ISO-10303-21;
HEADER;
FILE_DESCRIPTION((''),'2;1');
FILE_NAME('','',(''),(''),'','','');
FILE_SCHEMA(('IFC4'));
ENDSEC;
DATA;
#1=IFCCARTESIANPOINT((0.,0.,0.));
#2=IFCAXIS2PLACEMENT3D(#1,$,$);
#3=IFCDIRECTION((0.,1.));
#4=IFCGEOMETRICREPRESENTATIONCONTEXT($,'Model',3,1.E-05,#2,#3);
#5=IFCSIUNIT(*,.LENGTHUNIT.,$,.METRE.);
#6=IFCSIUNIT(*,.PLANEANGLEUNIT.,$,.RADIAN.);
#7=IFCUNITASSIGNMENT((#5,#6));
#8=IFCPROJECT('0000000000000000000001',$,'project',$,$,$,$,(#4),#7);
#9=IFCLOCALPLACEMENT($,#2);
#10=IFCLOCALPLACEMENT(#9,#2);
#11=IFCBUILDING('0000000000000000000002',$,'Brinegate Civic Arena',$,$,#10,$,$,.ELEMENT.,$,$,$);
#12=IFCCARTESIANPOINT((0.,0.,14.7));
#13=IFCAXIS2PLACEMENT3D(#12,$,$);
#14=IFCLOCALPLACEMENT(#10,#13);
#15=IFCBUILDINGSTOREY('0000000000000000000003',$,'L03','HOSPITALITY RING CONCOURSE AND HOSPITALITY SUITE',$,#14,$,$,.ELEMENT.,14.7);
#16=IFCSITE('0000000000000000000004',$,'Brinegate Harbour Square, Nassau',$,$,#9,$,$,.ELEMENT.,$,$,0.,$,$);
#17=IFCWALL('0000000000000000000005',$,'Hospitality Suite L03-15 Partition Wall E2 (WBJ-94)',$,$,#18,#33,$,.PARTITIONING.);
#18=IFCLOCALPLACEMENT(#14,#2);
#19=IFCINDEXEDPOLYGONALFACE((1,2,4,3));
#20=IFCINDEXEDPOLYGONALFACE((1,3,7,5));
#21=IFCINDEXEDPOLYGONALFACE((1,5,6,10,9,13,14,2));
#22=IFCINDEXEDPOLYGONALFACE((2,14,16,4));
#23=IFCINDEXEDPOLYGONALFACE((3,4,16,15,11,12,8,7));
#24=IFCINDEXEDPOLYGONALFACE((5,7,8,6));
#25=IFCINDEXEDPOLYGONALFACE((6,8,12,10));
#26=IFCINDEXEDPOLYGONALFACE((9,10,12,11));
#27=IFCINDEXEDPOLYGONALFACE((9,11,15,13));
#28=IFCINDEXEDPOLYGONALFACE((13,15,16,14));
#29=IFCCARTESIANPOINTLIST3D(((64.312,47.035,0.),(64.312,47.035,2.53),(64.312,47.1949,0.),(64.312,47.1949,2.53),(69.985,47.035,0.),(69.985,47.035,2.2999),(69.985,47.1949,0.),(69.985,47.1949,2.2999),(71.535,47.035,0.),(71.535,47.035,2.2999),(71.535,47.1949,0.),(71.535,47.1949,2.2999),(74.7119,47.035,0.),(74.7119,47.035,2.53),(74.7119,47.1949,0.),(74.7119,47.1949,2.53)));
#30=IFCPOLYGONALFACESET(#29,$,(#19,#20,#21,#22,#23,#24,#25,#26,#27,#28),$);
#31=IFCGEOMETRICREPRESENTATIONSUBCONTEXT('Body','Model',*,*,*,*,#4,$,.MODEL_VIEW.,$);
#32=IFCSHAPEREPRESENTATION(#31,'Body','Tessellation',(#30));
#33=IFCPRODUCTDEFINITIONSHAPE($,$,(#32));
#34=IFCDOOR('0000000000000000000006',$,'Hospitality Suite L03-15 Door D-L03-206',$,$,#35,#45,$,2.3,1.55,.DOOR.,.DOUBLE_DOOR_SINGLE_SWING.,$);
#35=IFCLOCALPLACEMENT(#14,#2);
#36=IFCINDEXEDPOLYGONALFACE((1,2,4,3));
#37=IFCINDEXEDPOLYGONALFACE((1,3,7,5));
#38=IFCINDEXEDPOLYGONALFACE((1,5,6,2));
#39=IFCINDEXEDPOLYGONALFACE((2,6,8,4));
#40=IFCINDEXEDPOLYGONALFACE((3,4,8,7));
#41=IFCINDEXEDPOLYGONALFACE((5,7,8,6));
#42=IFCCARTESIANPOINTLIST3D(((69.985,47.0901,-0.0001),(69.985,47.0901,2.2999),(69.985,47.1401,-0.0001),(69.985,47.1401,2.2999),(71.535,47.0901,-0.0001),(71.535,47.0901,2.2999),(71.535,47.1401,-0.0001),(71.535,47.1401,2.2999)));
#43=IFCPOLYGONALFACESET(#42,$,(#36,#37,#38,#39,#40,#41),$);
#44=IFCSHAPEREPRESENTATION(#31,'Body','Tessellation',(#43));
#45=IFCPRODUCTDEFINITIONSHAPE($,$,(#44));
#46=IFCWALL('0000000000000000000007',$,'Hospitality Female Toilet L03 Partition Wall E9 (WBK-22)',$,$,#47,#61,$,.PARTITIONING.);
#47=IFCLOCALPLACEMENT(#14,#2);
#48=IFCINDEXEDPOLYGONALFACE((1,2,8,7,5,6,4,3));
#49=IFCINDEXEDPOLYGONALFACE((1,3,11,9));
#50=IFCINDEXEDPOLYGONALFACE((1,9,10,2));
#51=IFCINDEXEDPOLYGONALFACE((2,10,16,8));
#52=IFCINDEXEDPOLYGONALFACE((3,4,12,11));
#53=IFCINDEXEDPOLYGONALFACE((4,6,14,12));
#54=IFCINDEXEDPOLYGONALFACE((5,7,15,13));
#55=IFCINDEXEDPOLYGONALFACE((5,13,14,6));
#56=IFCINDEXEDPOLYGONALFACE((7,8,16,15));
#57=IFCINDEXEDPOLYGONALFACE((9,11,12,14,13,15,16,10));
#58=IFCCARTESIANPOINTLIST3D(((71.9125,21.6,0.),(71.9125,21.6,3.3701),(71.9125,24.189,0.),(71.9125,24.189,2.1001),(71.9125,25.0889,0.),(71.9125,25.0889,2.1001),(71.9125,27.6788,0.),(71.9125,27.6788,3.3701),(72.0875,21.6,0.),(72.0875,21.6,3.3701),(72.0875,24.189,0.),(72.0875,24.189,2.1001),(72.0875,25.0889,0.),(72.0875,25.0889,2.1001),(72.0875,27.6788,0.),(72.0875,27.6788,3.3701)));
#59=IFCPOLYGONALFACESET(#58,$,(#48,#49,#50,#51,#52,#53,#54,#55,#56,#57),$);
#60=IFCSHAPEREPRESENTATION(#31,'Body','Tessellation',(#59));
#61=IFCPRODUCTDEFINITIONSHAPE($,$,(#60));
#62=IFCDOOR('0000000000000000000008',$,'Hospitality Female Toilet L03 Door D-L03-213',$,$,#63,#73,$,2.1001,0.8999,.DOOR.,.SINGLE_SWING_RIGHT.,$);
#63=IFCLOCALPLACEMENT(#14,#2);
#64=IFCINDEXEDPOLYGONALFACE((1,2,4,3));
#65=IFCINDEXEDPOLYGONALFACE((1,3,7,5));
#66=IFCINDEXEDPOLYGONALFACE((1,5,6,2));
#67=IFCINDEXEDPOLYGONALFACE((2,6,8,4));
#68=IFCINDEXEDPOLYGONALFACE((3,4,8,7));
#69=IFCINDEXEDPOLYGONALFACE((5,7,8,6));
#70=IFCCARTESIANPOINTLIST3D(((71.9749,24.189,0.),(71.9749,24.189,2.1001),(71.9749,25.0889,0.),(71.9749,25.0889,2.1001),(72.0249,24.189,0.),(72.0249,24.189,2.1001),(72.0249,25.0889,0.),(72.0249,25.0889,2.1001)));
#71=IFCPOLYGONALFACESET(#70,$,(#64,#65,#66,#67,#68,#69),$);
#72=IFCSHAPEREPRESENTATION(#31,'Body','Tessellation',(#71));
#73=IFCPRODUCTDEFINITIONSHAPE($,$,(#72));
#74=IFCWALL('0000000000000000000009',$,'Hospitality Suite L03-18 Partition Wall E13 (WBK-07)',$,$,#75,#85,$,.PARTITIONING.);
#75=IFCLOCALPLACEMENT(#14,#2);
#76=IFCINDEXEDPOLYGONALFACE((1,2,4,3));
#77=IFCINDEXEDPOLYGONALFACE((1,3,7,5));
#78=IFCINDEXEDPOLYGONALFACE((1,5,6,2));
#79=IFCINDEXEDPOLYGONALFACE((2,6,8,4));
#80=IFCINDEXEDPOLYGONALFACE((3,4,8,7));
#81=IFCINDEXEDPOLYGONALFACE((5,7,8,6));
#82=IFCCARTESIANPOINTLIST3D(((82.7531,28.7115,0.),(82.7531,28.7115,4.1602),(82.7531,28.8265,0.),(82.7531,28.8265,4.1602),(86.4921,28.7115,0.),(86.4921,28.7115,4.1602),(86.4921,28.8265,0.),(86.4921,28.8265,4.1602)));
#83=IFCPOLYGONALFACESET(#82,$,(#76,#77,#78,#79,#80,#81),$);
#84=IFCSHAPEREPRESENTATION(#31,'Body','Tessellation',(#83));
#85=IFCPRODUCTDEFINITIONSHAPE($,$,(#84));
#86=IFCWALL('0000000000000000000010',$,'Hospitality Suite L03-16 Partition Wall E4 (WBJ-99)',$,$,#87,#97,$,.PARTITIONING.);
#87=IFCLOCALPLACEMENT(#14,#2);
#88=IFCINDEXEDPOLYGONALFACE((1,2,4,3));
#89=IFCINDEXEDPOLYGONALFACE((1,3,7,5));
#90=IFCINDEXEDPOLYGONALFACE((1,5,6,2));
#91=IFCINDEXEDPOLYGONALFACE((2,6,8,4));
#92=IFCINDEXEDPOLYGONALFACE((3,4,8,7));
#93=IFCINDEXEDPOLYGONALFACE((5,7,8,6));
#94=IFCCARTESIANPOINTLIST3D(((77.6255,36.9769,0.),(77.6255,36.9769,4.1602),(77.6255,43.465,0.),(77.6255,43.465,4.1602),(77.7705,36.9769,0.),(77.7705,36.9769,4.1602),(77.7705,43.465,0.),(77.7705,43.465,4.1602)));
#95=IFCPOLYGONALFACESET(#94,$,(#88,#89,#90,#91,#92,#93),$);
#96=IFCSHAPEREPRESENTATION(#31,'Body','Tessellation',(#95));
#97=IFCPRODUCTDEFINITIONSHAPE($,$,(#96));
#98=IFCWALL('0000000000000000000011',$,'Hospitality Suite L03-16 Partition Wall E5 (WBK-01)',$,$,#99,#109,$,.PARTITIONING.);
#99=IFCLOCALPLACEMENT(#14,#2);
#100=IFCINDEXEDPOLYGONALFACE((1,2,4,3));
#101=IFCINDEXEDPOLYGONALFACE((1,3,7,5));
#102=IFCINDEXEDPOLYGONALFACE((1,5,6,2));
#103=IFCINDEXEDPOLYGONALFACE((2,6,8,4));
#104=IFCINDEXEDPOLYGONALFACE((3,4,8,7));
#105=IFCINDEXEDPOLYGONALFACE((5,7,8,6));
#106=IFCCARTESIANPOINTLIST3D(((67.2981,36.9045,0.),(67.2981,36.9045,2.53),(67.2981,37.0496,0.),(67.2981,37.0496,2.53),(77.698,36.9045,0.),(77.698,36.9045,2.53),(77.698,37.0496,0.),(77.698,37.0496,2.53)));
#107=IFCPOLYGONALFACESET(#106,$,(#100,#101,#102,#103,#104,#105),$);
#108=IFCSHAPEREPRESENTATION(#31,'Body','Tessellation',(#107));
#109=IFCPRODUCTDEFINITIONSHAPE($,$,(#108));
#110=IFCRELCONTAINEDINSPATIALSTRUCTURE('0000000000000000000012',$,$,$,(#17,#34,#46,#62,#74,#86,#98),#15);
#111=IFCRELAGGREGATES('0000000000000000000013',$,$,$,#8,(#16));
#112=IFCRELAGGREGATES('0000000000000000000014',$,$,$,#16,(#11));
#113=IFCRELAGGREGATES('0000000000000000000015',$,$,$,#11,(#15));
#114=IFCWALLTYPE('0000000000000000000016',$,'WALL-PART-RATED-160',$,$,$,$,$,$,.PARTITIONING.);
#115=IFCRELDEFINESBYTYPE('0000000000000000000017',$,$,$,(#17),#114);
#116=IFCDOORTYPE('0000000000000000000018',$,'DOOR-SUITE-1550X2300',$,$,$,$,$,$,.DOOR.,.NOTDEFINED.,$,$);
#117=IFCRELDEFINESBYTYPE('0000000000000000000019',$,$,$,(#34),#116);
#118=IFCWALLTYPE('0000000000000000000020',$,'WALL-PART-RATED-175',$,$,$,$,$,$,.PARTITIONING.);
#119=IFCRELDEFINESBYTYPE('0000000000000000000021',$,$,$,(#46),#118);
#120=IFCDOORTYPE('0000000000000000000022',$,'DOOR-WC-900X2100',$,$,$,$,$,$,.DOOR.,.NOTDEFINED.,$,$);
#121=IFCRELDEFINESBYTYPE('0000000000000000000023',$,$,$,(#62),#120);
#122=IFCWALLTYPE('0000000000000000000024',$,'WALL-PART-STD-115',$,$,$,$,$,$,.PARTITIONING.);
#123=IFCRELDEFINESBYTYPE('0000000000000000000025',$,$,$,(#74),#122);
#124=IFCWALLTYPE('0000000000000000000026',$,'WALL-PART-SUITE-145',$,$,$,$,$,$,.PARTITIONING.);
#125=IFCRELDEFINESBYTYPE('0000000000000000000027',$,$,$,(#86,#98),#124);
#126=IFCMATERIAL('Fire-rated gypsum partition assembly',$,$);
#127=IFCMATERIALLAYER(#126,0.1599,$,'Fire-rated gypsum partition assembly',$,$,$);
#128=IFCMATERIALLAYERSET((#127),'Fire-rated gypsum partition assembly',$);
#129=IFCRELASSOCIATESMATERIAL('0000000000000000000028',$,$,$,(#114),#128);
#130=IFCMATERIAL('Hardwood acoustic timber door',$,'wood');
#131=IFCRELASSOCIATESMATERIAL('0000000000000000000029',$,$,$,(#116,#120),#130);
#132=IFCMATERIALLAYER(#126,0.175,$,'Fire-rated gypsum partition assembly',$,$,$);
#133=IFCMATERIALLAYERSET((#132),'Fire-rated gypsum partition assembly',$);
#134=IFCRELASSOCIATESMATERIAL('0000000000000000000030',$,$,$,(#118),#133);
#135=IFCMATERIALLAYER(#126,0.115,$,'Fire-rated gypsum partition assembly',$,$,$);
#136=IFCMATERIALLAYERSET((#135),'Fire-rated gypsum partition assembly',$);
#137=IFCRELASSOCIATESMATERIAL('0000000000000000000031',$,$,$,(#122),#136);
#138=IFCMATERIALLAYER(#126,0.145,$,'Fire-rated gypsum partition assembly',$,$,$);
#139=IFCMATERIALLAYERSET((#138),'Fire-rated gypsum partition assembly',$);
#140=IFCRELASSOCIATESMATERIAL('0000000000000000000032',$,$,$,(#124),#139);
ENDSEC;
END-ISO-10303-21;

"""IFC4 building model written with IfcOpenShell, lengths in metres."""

from ifc_helpers import new_model, si_unit, direction, frame, frame_2d, origin, place, context, subcontext, project, spatial, rectangle, extrude, material, layer, layer_set, type_object, element, fill, save


model = new_model("IFC4")

# Units and contexts
model_context = context("Model", 3, precision=1e-05, world=origin(), true_north=direction((0.0, 1.0)))
body_context = subcontext(model_context, "Body", "Model", "MODEL_VIEW")
ifc_project = project(units=[si_unit("LENGTHUNIT", "METRE"), si_unit("PLANEANGLEUNIT", "RADIAN")], contexts=[model_context])

# Site, building, storey
site_placement = place(None, origin())
site = spatial("IfcSite", under=ifc_project, at=site_placement, Name="Brinegate Harbour Square, Nassau", CompositionType="ELEMENT", RefElevation=0.0)
building_placement = place(site_placement, origin())
building = spatial("IfcBuilding", under=site, at=building_placement, Name="Brinegate Civic Arena", CompositionType="ELEMENT")
storey_placement = place(building_placement, frame((0.0, 0.0, 14.7)))
storey = spatial("IfcBuildingStorey", under=building, at=storey_placement, Name="L03", Description="HOSPITALITY RING CONCOURSE AND HOSPITALITY SUITE", CompositionType="ELEMENT", Elevation=14.7)

# Shared definitions
ifc_material_1 = material(Name="Fire-rated gypsum partition assembly")

# Walls, openings, doors
ifc_material_2 = material(Name="Hardwood acoustic timber door", Category="wood")
ifc_layer_1 = layer(ifc_material_1, 0.1599, Name="Fire-rated gypsum partition assembly")
ifc_layer_set_1 = layer_set([ifc_layer_1], Name="Fire-rated gypsum partition assembly")
wall_type_1 = type_object("IfcWallType", Name="WALL-PART-RATED-160", PredefinedType="PARTITIONING", material=ifc_layer_set_1)
wall_1_placement = place(storey_placement, frame((74.7119, 47.115, 0.0), z_axis=(0.0, 0.0, 1.0), x_axis=(-1.0, 0.0, 0.0)))
wall_1 = element("IfcWall", 1, at=wall_1_placement, inside=storey, type_object=wall_type_1, Name="Hospitality Suite L03-15 Partition Wall E2 (WBJ-94)", PredefinedType="PARTITIONING", context=body_context, shape_type="SweptSolid", body=[
    extrude(rectangle(XDim=10.3999, YDim=0.1599, at=frame_2d((5.2, 0.0))), origin(), (0.0, 0.0, 1.0), 2.53),
])
opening_1_placement = place(wall_1_placement, frame((3.177, 0.0, 0.0)))
opening_1 = element("IfcOpeningElement", 2, at=opening_1_placement, cuts=wall_1, PredefinedType="OPENING", context=body_context, shape_type="SweptSolid", body=[
    extrude(rectangle(XDim=1.55, YDim=2.3, at=frame_2d((0.7749, 1.1499))), frame((0.0, 0.0898, 0.0), z_axis=(0.0, -1.0, 0.0), x_axis=(1.0, 0.0, 0.0)), (0.0, 0.0, 1.0), 0.1799),
])
door_type_1 = type_object("IfcDoorType", Name="DOOR-SUITE-1550X2300", OperationType="NOTDEFINED", PredefinedType="DOOR", material=ifc_material_2)
door_1_placement = place(opening_1_placement, origin())
door_1 = element("IfcDoor", 3, at=door_1_placement, inside=storey, type_object=door_type_1, Name="Hospitality Suite L03-15 Door D-L03-206", OperationType="DOUBLE_DOOR_SINGLE_SWING", OverallHeight=2.3, OverallWidth=1.55, PredefinedType="DOOR", context=body_context, shape_type="SweptSolid", body=[
    extrude(rectangle(XDim=1.55, YDim=2.3, at=frame_2d((0.7749, 1.1499))), frame((0.0, 0.0249, 0.0), z_axis=(0.0, -1.0, 0.0), x_axis=(1.0, 0.0, 0.0)), (0.0, 0.0, 1.0), 0.05),
])
fill(opening_1, door_1)
ifc_layer_2 = layer(ifc_material_1, 0.175, Name="Fire-rated gypsum partition assembly")
ifc_layer_set_2 = layer_set([ifc_layer_2], Name="Fire-rated gypsum partition assembly")
wall_type_2 = type_object("IfcWallType", Name="WALL-PART-RATED-175", PredefinedType="PARTITIONING", material=ifc_layer_set_2)
wall_2_placement = place(storey_placement, frame((72.0, 27.679, 0.0), z_axis=(0.0, 0.0, 1.0), x_axis=(0.0, -1.0, 0.0)))
wall_2 = element("IfcWall", 4, at=wall_2_placement, inside=storey, type_object=wall_type_2, Name="Hospitality Female Toilet L03 Partition Wall E9 (WBK-22)", PredefinedType="PARTITIONING", context=body_context, shape_type="SweptSolid", body=[
    extrude(rectangle(XDim=6.0789, YDim=0.175, at=frame_2d((3.0396, 0.0))), origin(), (0.0, 0.0, 1.0), 3.3701),
])
opening_2_placement = place(wall_2_placement, frame((2.5901, 0.0, 0.0)))
opening_2 = element("IfcOpeningElement", 5, at=opening_2_placement, cuts=wall_2, PredefinedType="OPENING", context=body_context, shape_type="SweptSolid", body=[
    extrude(rectangle(XDim=0.8999, YDim=2.1001, at=frame_2d((0.45, 1.05))), frame((0.0, 0.0974, 0.0), z_axis=(0.0, -1.0, 0.0), x_axis=(1.0, 0.0, 0.0)), (0.0, 0.0, 1.0), 0.1951),
])
door_type_2 = type_object("IfcDoorType", Name="DOOR-WC-900X2100", OperationType="NOTDEFINED", PredefinedType="DOOR", material=ifc_material_2)
door_2_placement = place(opening_2_placement, origin())
door_2 = element("IfcDoor", 6, at=door_2_placement, inside=storey, type_object=door_type_2, Name="Hospitality Female Toilet L03 Door D-L03-213", OperationType="SINGLE_SWING_RIGHT", OverallHeight=2.1001, OverallWidth=0.8999, PredefinedType="DOOR", context=body_context, shape_type="SweptSolid", body=[
    extrude(rectangle(XDim=0.8999, YDim=2.1001, at=frame_2d((0.45, 1.05))), frame((0.0, 0.0249, 0.0), z_axis=(0.0, -1.0, 0.0), x_axis=(1.0, 0.0, 0.0)), (0.0, 0.0, 1.0), 0.05),
])
fill(opening_2, door_2)

# Walls
ifc_layer_3 = layer(ifc_material_1, 0.115, Name="Fire-rated gypsum partition assembly")
ifc_layer_set_3 = layer_set([ifc_layer_3], Name="Fire-rated gypsum partition assembly")
wall_type_3 = type_object("IfcWallType", Name="WALL-PART-STD-115", PredefinedType="PARTITIONING", material=ifc_layer_set_3)
wall_3_placement = place(storey_placement, frame((82.7529, 28.769, 0.0), z_axis=(0.0, 0.0, 1.0), x_axis=(1.0, 0.0, 0.0)))
element("IfcWall", 7, at=wall_3_placement, inside=storey, type_object=wall_type_3, Name="Hospitality Suite L03-18 Partition Wall E13 (WBK-07)", PredefinedType="PARTITIONING", context=body_context, shape_type="SweptSolid", body=[
    extrude(rectangle(XDim=3.739, YDim=0.115, at=frame_2d((1.8696, 0.0))), origin(), (0.0, 0.0, 1.0), 4.1602),
])
ifc_layer_4 = layer(ifc_material_1, 0.145, Name="Fire-rated gypsum partition assembly")
ifc_layer_set_4 = layer_set([ifc_layer_4], Name="Fire-rated gypsum partition assembly")
wall_type_4 = type_object("IfcWallType", Name="WALL-PART-SUITE-145", PredefinedType="PARTITIONING", material=ifc_layer_set_4)
wall_4_placement = place(storey_placement, frame((77.698, 43.4651, 0.0), z_axis=(0.0, 0.0, 1.0), x_axis=(0.0, -1.0, 0.0)))
element("IfcWall", 8, at=wall_4_placement, inside=storey, type_object=wall_type_4, Name="Hospitality Suite L03-16 Partition Wall E4 (WBJ-99)", PredefinedType="PARTITIONING", context=body_context, shape_type="SweptSolid", body=[
    extrude(rectangle(XDim=6.488, YDim=0.145, at=frame_2d((3.2441, 0.0))), origin(), (0.0, 0.0, 1.0), 4.1602),
])
wall_5_placement = place(storey_placement, frame((77.698, 36.9771, 0.0), z_axis=(0.0, 0.0, 1.0), x_axis=(-1.0, 0.0, 0.0)))
element("IfcWall", 9, at=wall_5_placement, inside=storey, type_object=wall_type_4, Name="Hospitality Suite L03-16 Partition Wall E5 (WBK-01)", PredefinedType="PARTITIONING", context=body_context, shape_type="SweptSolid", body=[
    extrude(rectangle(XDim=10.3999, YDim=0.145, at=frame_2d((5.2, 0.0))), origin(), (0.0, 0.0, 1.0), 2.53),
])

save(model, "model.ifc")
